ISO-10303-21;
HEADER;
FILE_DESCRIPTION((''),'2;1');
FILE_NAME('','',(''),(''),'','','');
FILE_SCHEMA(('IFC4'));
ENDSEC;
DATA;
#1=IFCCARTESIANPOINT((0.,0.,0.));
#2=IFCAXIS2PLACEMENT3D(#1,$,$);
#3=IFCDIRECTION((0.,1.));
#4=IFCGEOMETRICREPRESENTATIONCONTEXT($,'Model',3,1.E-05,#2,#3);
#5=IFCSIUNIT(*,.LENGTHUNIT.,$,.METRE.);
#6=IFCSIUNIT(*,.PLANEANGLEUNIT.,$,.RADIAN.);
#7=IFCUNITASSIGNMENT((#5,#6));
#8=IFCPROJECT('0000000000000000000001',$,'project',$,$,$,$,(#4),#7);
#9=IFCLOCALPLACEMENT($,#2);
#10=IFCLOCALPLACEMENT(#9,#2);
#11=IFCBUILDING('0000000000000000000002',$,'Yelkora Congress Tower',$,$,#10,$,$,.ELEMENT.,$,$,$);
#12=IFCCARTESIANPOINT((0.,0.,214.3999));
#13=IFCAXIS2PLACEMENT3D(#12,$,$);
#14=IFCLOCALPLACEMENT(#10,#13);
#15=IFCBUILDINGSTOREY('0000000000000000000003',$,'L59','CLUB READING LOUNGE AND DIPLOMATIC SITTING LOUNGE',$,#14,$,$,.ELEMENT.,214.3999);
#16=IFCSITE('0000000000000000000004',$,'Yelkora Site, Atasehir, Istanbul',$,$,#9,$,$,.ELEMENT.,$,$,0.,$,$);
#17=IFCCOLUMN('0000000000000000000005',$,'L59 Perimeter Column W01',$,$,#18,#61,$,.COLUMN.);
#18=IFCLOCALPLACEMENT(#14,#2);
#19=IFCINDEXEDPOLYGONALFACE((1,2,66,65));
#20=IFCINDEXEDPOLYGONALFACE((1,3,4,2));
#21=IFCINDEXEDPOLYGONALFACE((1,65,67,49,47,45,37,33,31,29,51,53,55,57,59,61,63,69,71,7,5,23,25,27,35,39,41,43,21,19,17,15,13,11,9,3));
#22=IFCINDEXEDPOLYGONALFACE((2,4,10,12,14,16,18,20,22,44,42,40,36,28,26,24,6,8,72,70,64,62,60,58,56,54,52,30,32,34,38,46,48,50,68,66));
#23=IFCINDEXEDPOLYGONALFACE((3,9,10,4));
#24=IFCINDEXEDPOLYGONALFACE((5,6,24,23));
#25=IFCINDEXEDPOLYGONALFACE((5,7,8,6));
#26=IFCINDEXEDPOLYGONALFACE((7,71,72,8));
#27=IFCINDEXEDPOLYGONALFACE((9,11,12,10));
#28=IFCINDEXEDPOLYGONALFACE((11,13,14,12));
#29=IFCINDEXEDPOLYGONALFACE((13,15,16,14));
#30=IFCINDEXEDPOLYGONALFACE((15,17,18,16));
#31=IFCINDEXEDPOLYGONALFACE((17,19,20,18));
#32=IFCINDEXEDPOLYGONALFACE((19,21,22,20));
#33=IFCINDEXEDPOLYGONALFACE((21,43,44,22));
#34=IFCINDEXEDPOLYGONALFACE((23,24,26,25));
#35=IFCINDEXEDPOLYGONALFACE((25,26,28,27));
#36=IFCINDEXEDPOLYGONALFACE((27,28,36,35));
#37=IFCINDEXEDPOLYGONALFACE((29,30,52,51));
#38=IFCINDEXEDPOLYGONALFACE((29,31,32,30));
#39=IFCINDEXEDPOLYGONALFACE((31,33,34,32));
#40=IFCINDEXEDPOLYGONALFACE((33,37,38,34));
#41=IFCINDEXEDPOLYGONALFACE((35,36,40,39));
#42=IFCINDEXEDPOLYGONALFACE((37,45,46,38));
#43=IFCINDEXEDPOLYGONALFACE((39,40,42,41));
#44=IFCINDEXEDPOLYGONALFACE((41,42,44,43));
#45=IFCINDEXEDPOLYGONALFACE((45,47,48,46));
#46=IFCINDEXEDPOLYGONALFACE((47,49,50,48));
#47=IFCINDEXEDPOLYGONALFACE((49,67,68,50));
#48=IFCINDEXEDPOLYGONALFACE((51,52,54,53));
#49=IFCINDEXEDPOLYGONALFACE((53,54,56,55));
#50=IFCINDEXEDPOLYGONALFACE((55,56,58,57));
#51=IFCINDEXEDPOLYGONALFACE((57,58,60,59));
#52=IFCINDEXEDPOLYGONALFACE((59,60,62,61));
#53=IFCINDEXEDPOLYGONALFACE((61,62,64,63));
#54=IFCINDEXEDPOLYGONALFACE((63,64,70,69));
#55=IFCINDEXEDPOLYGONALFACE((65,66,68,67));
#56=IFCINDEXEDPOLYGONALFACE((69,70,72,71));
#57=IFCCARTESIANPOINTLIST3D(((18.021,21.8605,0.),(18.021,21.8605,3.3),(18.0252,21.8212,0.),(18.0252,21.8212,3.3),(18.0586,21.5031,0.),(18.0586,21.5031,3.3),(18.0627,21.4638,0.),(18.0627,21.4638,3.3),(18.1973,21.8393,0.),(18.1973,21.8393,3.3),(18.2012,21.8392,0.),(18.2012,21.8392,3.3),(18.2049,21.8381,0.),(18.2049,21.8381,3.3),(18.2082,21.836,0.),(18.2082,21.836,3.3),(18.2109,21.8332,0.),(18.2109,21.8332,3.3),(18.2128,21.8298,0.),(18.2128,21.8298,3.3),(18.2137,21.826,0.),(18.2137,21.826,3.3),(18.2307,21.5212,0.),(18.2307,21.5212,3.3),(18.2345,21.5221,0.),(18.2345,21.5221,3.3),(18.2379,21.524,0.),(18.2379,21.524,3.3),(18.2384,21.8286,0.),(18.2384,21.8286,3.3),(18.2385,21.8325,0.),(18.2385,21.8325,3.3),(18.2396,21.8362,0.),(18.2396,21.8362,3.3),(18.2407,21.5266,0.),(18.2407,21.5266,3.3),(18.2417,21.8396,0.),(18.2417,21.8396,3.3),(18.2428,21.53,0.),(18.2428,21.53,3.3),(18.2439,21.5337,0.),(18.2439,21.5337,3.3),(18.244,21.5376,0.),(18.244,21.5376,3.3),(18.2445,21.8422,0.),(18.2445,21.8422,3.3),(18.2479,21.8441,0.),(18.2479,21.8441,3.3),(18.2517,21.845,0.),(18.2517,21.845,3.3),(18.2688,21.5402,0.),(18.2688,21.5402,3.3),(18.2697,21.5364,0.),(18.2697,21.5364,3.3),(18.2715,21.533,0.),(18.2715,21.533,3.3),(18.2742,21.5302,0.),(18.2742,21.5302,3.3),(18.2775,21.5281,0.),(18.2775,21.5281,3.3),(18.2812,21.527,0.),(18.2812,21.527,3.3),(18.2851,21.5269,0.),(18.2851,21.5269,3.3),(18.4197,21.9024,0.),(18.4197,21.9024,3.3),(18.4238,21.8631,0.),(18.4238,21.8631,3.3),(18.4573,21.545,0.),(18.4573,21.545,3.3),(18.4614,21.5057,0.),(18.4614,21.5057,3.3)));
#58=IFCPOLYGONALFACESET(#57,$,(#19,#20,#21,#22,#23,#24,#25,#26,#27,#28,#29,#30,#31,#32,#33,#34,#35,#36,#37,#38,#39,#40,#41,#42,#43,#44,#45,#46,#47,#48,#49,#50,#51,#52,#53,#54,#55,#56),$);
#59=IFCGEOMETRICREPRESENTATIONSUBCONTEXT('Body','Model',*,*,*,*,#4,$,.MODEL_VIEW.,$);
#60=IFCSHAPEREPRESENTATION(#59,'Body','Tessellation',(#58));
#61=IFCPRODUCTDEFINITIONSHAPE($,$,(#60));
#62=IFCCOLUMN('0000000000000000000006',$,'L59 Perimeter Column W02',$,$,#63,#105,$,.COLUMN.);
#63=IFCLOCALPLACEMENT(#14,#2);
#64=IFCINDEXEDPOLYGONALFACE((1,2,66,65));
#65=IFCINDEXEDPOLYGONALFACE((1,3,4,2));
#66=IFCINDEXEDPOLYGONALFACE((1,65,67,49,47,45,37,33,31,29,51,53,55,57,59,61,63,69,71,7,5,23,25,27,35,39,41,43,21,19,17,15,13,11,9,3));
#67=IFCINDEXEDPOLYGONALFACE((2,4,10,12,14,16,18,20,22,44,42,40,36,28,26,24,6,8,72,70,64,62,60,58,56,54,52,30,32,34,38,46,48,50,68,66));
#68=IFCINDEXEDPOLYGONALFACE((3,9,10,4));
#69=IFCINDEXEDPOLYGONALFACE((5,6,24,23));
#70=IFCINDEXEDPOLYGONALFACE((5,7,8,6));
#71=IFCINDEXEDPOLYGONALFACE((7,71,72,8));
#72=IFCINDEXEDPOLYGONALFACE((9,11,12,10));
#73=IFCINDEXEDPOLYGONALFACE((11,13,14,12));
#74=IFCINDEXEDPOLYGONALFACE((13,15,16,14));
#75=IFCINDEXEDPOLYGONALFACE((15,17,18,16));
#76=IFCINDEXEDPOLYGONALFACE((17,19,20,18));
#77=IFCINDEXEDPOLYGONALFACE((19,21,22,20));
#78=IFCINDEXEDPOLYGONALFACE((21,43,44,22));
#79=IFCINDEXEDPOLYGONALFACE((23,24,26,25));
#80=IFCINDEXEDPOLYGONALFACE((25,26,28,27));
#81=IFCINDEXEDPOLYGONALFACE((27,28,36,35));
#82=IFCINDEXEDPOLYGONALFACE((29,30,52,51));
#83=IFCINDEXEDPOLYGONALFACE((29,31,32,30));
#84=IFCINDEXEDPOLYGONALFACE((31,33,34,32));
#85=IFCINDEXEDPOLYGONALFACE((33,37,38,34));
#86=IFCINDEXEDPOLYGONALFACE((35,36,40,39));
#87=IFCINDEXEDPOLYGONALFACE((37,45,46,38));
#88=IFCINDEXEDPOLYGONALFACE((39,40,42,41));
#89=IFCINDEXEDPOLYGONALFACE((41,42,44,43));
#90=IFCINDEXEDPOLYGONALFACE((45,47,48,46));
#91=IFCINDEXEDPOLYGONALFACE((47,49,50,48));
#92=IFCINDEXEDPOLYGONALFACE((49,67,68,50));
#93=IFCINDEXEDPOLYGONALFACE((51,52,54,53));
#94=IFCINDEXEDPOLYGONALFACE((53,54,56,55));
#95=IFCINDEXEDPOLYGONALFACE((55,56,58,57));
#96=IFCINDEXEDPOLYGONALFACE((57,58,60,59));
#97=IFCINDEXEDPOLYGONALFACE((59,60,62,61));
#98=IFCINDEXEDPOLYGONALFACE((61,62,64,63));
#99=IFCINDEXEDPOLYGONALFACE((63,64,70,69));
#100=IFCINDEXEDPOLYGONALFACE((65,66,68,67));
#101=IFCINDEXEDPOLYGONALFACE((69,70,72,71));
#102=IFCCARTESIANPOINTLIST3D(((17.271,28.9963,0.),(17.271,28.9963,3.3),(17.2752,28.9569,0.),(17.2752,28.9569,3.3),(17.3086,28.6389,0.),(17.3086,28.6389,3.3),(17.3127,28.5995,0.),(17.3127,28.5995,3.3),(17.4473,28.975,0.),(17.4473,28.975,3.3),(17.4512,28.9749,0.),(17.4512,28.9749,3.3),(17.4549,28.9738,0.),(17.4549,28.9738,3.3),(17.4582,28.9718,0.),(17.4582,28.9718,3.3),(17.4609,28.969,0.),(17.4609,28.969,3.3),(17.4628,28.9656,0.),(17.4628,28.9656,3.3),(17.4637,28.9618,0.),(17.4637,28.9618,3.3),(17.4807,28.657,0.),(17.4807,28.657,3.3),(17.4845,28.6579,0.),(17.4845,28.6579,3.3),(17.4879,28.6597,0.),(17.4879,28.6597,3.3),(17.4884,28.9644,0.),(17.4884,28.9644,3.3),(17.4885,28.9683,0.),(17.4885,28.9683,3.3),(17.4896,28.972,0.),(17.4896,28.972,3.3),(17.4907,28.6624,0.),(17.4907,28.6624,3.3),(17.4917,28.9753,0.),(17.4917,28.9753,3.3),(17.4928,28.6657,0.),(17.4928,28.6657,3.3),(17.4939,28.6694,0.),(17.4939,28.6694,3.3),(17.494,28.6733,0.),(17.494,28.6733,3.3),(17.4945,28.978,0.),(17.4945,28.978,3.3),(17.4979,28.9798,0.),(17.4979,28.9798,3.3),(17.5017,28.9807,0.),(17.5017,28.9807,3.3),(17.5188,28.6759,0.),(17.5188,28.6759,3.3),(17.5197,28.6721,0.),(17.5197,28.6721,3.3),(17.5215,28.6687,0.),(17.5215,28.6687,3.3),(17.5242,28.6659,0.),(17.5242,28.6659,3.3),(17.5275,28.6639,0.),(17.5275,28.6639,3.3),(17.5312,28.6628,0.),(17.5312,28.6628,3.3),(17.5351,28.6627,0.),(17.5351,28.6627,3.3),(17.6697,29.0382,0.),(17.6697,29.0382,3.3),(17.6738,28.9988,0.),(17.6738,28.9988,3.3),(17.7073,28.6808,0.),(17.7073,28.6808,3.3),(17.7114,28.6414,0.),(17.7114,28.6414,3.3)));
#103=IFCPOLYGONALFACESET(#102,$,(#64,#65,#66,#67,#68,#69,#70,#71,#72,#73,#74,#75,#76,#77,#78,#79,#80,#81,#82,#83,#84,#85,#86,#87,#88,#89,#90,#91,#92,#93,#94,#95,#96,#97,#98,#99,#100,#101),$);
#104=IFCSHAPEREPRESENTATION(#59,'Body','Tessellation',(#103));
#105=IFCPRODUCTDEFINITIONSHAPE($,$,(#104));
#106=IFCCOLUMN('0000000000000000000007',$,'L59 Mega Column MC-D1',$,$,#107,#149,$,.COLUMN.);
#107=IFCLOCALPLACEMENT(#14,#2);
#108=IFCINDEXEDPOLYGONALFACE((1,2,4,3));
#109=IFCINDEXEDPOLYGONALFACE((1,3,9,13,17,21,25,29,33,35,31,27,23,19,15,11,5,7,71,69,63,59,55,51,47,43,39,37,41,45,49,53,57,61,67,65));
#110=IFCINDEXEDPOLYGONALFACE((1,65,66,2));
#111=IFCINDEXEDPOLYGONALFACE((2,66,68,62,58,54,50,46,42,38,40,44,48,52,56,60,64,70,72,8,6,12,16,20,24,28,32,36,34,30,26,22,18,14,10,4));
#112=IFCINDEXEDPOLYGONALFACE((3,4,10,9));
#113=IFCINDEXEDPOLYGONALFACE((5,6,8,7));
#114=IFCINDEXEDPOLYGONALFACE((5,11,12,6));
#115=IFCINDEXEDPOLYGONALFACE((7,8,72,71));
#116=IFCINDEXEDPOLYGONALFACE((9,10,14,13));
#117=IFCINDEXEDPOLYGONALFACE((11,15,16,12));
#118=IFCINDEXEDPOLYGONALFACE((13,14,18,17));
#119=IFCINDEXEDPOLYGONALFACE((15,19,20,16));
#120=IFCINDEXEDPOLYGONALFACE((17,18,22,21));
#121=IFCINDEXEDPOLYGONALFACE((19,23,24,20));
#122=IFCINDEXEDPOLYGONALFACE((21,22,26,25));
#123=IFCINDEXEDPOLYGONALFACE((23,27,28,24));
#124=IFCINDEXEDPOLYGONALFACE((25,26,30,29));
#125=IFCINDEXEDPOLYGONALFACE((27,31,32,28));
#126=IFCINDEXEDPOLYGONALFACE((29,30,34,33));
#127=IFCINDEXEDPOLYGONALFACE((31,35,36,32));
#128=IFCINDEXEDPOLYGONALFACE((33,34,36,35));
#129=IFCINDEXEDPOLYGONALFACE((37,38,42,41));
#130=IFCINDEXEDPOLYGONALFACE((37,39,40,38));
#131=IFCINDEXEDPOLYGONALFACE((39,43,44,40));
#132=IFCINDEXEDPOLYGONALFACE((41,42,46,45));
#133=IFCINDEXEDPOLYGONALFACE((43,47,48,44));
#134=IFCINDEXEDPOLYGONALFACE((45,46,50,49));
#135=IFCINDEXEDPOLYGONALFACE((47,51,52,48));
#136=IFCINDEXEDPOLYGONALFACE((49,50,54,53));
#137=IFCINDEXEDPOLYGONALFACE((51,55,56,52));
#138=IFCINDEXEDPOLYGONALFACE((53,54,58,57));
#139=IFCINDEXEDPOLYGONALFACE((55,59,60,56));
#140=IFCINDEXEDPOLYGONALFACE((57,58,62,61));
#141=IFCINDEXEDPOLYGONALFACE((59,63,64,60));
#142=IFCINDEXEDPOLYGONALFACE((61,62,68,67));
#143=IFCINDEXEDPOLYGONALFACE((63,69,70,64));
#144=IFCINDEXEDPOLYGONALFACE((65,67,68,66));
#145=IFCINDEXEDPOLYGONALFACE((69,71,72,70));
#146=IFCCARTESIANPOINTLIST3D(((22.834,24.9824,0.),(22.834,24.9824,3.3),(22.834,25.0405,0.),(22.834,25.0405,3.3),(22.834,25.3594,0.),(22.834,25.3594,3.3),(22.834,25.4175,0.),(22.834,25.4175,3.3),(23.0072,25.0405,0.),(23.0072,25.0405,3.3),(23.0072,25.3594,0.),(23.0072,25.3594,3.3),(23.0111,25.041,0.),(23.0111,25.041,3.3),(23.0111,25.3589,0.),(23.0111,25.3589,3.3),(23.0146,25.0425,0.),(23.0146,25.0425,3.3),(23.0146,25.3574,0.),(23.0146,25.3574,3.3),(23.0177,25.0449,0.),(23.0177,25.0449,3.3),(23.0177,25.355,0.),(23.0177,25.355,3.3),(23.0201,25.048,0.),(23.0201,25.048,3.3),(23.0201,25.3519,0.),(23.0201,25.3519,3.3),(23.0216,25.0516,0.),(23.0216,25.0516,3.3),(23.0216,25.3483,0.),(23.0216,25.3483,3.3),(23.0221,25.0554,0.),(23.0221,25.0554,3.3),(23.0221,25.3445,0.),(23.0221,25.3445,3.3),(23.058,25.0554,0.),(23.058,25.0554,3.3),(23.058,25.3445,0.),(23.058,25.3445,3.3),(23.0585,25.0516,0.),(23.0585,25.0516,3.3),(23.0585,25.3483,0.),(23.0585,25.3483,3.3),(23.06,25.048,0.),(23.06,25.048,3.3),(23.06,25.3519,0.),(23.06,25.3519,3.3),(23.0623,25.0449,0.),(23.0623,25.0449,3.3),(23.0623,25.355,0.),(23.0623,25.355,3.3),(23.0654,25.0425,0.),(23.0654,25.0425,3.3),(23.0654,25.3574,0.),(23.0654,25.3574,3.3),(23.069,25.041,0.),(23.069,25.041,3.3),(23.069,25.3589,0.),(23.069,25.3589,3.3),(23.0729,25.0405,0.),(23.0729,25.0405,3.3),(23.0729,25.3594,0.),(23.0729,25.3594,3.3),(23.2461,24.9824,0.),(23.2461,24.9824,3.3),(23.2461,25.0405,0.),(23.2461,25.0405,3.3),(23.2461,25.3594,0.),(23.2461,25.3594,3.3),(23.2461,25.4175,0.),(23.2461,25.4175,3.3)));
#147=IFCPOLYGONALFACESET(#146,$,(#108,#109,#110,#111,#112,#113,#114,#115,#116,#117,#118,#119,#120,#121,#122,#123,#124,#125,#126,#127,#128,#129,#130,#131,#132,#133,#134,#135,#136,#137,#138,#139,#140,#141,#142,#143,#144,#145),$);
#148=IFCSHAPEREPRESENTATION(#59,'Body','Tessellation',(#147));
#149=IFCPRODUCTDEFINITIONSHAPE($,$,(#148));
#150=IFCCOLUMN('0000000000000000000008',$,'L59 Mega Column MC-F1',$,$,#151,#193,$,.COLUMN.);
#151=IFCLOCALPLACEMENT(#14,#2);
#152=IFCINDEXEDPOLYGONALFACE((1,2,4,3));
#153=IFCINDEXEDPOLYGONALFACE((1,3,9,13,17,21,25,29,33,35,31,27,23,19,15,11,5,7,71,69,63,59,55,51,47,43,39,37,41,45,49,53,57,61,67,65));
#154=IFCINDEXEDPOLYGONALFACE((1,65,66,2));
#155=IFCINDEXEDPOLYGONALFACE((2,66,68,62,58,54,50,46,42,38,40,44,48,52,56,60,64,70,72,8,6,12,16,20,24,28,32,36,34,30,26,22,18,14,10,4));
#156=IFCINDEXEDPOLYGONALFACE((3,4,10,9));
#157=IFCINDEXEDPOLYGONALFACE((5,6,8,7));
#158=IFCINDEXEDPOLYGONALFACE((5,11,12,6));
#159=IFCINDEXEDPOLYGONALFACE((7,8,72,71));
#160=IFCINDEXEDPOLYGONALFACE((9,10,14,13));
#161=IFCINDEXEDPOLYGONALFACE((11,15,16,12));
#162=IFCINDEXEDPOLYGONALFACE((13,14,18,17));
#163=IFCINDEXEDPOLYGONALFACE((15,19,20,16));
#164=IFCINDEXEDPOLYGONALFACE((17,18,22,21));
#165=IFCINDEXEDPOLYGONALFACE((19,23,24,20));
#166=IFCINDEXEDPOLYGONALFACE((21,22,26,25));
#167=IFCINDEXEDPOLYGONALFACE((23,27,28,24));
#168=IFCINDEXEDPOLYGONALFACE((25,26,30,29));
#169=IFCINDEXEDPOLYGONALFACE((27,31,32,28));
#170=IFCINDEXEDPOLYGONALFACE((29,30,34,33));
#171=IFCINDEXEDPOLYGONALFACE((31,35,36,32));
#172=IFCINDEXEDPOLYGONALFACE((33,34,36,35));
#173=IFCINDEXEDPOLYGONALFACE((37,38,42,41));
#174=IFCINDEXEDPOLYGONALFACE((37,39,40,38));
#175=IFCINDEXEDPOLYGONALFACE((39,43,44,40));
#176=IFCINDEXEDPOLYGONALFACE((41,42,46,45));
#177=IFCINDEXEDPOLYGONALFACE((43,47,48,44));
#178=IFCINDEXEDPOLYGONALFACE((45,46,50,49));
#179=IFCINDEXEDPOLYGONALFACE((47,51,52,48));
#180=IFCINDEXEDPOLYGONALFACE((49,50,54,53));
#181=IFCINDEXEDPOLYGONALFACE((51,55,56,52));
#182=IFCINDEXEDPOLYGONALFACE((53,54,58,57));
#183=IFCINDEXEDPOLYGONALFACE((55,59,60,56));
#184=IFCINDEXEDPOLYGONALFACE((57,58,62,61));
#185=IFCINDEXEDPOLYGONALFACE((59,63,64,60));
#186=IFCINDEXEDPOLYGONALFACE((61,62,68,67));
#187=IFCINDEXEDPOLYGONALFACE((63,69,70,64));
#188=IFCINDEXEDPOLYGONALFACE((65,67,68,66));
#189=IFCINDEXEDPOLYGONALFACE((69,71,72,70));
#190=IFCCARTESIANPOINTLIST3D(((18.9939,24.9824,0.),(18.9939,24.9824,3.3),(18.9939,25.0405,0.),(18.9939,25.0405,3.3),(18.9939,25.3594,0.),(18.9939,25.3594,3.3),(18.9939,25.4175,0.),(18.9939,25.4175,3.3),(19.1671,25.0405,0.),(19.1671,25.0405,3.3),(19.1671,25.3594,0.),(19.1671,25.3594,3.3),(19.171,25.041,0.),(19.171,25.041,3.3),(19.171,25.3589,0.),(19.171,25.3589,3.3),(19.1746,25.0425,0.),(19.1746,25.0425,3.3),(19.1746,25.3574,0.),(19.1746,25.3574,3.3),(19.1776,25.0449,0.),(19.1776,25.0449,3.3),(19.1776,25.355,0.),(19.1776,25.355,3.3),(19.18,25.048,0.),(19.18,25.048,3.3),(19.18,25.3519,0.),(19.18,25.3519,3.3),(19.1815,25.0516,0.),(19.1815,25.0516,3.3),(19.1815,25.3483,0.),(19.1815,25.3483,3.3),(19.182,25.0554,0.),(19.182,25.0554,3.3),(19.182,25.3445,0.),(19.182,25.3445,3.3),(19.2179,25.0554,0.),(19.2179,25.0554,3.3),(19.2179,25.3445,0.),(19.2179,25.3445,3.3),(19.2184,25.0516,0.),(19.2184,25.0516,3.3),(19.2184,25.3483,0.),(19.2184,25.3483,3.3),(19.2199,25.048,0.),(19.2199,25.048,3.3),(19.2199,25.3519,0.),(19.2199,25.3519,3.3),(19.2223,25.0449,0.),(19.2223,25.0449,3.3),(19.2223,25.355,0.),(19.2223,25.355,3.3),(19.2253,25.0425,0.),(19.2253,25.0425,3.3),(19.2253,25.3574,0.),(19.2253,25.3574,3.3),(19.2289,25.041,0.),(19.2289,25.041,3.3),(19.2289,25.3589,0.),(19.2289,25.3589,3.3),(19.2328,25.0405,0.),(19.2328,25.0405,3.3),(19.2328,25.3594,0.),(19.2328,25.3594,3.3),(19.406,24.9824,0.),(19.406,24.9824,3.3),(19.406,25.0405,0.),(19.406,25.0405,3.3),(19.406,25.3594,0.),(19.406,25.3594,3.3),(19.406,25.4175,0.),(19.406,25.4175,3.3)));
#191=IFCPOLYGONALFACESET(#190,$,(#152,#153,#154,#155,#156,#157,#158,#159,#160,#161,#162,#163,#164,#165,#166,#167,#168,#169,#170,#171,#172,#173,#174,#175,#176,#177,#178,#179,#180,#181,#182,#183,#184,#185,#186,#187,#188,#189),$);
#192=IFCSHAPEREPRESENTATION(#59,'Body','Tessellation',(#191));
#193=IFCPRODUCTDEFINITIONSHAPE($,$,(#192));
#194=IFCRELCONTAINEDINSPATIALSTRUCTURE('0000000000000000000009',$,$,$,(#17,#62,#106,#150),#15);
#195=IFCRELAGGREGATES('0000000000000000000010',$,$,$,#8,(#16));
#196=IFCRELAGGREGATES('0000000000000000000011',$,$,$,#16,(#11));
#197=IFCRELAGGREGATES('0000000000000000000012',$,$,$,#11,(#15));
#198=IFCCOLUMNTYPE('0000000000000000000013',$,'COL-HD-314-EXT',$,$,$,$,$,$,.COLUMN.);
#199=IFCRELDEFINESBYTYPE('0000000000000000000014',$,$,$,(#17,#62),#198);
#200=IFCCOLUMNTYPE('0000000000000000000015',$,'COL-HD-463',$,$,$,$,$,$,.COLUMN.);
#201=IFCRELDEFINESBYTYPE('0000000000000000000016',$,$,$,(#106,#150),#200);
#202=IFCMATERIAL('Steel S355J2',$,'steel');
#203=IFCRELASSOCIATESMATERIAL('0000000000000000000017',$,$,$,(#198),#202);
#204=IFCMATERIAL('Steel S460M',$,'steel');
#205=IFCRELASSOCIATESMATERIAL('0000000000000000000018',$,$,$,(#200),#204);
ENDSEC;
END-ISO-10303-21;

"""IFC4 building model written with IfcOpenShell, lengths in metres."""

from ifc_helpers import new_model, si_unit, direction, frame, origin, origin_2d, place, context, subcontext, project, spatial, i_section, extrude, material, material_profile, profile_set, type_object, element, save


model = new_model("IFC4")

# Units and contexts
model_context = context("Model", 3, precision=1e-05, world=origin(), true_north=direction((0.0, 1.0)))
body_context = subcontext(model_context, "Body", "Model", "MODEL_VIEW")
ifc_project = project(units=[si_unit("LENGTHUNIT", "METRE"), si_unit("PLANEANGLEUNIT", "RADIAN")], contexts=[model_context])

# Site, building, storey
site_placement = place(None, origin())
site = spatial("IfcSite", under=ifc_project, at=site_placement, Name="Yelkora Site, Atasehir, Istanbul", CompositionType="ELEMENT", RefElevation=0.0)
building_placement = place(site_placement, origin())
building = spatial("IfcBuilding", under=site, at=building_placement, Name="Yelkora Congress Tower", CompositionType="ELEMENT")
storey_placement = place(building_placement, frame((0.0, 0.0, 214.3999)))
storey = spatial("IfcBuildingStorey", under=building, at=storey_placement, Name="L59", Description="CLUB READING LOUNGE AND DIPLOMATIC SITTING LOUNGE", CompositionType="ELEMENT", Elevation=214.3999)

# Columns
ifc_material_1 = material(Name="Steel S355J2", Category="steel")
ifc_material_profile_1 = material_profile(ifc_material_1, i_section(OverallWidth=0.4009, OverallDepth=0.3989, WebThickness=0.0249, FlangeThickness=0.0396, FilletRadius=0.0149, at=origin_2d()), Name="HD 400x314")
ifc_profile_set_1 = profile_set([ifc_material_profile_1], Name="Steel S355J2")
column_type_1 = type_object("IfcColumnType", Name="COL-HD-314-EXT", PredefinedType="COLUMN", material=ifc_profile_set_1)
for number, where, z_axis, x_axis, name in (
    (1, (18.2412, 21.6831, 0.0), (0.0, 0.0, 1.0), (0.994522, 0.104528, 0.0), "L59 Perimeter Column W01"),
    (2, (17.4912, 28.8188, 0.0), (0.0, 0.0, 1.0), (0.994522, 0.104528, 0.0), "L59 Perimeter Column W02"),
):
    element("IfcColumn", number, at=place(storey_placement, frame(where, z_axis=z_axis, x_axis=x_axis)), inside=storey, type_object=column_type_1, Name=name, PredefinedType="COLUMN", context=body_context, shape_type="SweptSolid", body=[
        extrude(i_section(OverallWidth=0.4009, OverallDepth=0.3989, WebThickness=0.0249, FlangeThickness=0.0396, FilletRadius=0.0149, at=origin_2d()), origin(), (0.0, 0.0, 1.0), 3.3),
    ])
ifc_material_2 = material(Name="Steel S460M", Category="steel")
ifc_material_profile_2 = material_profile(ifc_material_2, i_section(OverallWidth=0.4121, OverallDepth=0.4351, WebThickness=0.0359, FlangeThickness=0.0581, FilletRadius=0.0149, at=origin_2d()), Name="HD 400x463")
ifc_profile_set_2 = profile_set([ifc_material_profile_2], Name="Steel S460M")
column_type_2 = type_object("IfcColumnType", Name="COL-HD-463", PredefinedType="COLUMN", material=ifc_profile_set_2)
for number, where, z_axis, x_axis, name in (
    (3, (23.04, 25.2, 0.0), (0.0, 0.0, 1.0), (1.0, 0.0, 0.0), "L59 Mega Column MC-D1"),
    (4, (19.2, 25.2, 0.0), (0.0, 0.0, 1.0), (1.0, 0.0, 0.0), "L59 Mega Column MC-F1"),
):
    element("IfcColumn", number, at=place(storey_placement, frame(where, z_axis=z_axis, x_axis=x_axis)), inside=storey, type_object=column_type_2, Name=name, PredefinedType="COLUMN", context=body_context, shape_type="SweptSolid", body=[
        extrude(i_section(OverallWidth=0.4121, OverallDepth=0.4351, WebThickness=0.0359, FlangeThickness=0.0581, FilletRadius=0.0149, at=origin_2d()), origin(), (0.0, 0.0, 1.0), 3.3),
    ])

save(model, "model.ifc")
